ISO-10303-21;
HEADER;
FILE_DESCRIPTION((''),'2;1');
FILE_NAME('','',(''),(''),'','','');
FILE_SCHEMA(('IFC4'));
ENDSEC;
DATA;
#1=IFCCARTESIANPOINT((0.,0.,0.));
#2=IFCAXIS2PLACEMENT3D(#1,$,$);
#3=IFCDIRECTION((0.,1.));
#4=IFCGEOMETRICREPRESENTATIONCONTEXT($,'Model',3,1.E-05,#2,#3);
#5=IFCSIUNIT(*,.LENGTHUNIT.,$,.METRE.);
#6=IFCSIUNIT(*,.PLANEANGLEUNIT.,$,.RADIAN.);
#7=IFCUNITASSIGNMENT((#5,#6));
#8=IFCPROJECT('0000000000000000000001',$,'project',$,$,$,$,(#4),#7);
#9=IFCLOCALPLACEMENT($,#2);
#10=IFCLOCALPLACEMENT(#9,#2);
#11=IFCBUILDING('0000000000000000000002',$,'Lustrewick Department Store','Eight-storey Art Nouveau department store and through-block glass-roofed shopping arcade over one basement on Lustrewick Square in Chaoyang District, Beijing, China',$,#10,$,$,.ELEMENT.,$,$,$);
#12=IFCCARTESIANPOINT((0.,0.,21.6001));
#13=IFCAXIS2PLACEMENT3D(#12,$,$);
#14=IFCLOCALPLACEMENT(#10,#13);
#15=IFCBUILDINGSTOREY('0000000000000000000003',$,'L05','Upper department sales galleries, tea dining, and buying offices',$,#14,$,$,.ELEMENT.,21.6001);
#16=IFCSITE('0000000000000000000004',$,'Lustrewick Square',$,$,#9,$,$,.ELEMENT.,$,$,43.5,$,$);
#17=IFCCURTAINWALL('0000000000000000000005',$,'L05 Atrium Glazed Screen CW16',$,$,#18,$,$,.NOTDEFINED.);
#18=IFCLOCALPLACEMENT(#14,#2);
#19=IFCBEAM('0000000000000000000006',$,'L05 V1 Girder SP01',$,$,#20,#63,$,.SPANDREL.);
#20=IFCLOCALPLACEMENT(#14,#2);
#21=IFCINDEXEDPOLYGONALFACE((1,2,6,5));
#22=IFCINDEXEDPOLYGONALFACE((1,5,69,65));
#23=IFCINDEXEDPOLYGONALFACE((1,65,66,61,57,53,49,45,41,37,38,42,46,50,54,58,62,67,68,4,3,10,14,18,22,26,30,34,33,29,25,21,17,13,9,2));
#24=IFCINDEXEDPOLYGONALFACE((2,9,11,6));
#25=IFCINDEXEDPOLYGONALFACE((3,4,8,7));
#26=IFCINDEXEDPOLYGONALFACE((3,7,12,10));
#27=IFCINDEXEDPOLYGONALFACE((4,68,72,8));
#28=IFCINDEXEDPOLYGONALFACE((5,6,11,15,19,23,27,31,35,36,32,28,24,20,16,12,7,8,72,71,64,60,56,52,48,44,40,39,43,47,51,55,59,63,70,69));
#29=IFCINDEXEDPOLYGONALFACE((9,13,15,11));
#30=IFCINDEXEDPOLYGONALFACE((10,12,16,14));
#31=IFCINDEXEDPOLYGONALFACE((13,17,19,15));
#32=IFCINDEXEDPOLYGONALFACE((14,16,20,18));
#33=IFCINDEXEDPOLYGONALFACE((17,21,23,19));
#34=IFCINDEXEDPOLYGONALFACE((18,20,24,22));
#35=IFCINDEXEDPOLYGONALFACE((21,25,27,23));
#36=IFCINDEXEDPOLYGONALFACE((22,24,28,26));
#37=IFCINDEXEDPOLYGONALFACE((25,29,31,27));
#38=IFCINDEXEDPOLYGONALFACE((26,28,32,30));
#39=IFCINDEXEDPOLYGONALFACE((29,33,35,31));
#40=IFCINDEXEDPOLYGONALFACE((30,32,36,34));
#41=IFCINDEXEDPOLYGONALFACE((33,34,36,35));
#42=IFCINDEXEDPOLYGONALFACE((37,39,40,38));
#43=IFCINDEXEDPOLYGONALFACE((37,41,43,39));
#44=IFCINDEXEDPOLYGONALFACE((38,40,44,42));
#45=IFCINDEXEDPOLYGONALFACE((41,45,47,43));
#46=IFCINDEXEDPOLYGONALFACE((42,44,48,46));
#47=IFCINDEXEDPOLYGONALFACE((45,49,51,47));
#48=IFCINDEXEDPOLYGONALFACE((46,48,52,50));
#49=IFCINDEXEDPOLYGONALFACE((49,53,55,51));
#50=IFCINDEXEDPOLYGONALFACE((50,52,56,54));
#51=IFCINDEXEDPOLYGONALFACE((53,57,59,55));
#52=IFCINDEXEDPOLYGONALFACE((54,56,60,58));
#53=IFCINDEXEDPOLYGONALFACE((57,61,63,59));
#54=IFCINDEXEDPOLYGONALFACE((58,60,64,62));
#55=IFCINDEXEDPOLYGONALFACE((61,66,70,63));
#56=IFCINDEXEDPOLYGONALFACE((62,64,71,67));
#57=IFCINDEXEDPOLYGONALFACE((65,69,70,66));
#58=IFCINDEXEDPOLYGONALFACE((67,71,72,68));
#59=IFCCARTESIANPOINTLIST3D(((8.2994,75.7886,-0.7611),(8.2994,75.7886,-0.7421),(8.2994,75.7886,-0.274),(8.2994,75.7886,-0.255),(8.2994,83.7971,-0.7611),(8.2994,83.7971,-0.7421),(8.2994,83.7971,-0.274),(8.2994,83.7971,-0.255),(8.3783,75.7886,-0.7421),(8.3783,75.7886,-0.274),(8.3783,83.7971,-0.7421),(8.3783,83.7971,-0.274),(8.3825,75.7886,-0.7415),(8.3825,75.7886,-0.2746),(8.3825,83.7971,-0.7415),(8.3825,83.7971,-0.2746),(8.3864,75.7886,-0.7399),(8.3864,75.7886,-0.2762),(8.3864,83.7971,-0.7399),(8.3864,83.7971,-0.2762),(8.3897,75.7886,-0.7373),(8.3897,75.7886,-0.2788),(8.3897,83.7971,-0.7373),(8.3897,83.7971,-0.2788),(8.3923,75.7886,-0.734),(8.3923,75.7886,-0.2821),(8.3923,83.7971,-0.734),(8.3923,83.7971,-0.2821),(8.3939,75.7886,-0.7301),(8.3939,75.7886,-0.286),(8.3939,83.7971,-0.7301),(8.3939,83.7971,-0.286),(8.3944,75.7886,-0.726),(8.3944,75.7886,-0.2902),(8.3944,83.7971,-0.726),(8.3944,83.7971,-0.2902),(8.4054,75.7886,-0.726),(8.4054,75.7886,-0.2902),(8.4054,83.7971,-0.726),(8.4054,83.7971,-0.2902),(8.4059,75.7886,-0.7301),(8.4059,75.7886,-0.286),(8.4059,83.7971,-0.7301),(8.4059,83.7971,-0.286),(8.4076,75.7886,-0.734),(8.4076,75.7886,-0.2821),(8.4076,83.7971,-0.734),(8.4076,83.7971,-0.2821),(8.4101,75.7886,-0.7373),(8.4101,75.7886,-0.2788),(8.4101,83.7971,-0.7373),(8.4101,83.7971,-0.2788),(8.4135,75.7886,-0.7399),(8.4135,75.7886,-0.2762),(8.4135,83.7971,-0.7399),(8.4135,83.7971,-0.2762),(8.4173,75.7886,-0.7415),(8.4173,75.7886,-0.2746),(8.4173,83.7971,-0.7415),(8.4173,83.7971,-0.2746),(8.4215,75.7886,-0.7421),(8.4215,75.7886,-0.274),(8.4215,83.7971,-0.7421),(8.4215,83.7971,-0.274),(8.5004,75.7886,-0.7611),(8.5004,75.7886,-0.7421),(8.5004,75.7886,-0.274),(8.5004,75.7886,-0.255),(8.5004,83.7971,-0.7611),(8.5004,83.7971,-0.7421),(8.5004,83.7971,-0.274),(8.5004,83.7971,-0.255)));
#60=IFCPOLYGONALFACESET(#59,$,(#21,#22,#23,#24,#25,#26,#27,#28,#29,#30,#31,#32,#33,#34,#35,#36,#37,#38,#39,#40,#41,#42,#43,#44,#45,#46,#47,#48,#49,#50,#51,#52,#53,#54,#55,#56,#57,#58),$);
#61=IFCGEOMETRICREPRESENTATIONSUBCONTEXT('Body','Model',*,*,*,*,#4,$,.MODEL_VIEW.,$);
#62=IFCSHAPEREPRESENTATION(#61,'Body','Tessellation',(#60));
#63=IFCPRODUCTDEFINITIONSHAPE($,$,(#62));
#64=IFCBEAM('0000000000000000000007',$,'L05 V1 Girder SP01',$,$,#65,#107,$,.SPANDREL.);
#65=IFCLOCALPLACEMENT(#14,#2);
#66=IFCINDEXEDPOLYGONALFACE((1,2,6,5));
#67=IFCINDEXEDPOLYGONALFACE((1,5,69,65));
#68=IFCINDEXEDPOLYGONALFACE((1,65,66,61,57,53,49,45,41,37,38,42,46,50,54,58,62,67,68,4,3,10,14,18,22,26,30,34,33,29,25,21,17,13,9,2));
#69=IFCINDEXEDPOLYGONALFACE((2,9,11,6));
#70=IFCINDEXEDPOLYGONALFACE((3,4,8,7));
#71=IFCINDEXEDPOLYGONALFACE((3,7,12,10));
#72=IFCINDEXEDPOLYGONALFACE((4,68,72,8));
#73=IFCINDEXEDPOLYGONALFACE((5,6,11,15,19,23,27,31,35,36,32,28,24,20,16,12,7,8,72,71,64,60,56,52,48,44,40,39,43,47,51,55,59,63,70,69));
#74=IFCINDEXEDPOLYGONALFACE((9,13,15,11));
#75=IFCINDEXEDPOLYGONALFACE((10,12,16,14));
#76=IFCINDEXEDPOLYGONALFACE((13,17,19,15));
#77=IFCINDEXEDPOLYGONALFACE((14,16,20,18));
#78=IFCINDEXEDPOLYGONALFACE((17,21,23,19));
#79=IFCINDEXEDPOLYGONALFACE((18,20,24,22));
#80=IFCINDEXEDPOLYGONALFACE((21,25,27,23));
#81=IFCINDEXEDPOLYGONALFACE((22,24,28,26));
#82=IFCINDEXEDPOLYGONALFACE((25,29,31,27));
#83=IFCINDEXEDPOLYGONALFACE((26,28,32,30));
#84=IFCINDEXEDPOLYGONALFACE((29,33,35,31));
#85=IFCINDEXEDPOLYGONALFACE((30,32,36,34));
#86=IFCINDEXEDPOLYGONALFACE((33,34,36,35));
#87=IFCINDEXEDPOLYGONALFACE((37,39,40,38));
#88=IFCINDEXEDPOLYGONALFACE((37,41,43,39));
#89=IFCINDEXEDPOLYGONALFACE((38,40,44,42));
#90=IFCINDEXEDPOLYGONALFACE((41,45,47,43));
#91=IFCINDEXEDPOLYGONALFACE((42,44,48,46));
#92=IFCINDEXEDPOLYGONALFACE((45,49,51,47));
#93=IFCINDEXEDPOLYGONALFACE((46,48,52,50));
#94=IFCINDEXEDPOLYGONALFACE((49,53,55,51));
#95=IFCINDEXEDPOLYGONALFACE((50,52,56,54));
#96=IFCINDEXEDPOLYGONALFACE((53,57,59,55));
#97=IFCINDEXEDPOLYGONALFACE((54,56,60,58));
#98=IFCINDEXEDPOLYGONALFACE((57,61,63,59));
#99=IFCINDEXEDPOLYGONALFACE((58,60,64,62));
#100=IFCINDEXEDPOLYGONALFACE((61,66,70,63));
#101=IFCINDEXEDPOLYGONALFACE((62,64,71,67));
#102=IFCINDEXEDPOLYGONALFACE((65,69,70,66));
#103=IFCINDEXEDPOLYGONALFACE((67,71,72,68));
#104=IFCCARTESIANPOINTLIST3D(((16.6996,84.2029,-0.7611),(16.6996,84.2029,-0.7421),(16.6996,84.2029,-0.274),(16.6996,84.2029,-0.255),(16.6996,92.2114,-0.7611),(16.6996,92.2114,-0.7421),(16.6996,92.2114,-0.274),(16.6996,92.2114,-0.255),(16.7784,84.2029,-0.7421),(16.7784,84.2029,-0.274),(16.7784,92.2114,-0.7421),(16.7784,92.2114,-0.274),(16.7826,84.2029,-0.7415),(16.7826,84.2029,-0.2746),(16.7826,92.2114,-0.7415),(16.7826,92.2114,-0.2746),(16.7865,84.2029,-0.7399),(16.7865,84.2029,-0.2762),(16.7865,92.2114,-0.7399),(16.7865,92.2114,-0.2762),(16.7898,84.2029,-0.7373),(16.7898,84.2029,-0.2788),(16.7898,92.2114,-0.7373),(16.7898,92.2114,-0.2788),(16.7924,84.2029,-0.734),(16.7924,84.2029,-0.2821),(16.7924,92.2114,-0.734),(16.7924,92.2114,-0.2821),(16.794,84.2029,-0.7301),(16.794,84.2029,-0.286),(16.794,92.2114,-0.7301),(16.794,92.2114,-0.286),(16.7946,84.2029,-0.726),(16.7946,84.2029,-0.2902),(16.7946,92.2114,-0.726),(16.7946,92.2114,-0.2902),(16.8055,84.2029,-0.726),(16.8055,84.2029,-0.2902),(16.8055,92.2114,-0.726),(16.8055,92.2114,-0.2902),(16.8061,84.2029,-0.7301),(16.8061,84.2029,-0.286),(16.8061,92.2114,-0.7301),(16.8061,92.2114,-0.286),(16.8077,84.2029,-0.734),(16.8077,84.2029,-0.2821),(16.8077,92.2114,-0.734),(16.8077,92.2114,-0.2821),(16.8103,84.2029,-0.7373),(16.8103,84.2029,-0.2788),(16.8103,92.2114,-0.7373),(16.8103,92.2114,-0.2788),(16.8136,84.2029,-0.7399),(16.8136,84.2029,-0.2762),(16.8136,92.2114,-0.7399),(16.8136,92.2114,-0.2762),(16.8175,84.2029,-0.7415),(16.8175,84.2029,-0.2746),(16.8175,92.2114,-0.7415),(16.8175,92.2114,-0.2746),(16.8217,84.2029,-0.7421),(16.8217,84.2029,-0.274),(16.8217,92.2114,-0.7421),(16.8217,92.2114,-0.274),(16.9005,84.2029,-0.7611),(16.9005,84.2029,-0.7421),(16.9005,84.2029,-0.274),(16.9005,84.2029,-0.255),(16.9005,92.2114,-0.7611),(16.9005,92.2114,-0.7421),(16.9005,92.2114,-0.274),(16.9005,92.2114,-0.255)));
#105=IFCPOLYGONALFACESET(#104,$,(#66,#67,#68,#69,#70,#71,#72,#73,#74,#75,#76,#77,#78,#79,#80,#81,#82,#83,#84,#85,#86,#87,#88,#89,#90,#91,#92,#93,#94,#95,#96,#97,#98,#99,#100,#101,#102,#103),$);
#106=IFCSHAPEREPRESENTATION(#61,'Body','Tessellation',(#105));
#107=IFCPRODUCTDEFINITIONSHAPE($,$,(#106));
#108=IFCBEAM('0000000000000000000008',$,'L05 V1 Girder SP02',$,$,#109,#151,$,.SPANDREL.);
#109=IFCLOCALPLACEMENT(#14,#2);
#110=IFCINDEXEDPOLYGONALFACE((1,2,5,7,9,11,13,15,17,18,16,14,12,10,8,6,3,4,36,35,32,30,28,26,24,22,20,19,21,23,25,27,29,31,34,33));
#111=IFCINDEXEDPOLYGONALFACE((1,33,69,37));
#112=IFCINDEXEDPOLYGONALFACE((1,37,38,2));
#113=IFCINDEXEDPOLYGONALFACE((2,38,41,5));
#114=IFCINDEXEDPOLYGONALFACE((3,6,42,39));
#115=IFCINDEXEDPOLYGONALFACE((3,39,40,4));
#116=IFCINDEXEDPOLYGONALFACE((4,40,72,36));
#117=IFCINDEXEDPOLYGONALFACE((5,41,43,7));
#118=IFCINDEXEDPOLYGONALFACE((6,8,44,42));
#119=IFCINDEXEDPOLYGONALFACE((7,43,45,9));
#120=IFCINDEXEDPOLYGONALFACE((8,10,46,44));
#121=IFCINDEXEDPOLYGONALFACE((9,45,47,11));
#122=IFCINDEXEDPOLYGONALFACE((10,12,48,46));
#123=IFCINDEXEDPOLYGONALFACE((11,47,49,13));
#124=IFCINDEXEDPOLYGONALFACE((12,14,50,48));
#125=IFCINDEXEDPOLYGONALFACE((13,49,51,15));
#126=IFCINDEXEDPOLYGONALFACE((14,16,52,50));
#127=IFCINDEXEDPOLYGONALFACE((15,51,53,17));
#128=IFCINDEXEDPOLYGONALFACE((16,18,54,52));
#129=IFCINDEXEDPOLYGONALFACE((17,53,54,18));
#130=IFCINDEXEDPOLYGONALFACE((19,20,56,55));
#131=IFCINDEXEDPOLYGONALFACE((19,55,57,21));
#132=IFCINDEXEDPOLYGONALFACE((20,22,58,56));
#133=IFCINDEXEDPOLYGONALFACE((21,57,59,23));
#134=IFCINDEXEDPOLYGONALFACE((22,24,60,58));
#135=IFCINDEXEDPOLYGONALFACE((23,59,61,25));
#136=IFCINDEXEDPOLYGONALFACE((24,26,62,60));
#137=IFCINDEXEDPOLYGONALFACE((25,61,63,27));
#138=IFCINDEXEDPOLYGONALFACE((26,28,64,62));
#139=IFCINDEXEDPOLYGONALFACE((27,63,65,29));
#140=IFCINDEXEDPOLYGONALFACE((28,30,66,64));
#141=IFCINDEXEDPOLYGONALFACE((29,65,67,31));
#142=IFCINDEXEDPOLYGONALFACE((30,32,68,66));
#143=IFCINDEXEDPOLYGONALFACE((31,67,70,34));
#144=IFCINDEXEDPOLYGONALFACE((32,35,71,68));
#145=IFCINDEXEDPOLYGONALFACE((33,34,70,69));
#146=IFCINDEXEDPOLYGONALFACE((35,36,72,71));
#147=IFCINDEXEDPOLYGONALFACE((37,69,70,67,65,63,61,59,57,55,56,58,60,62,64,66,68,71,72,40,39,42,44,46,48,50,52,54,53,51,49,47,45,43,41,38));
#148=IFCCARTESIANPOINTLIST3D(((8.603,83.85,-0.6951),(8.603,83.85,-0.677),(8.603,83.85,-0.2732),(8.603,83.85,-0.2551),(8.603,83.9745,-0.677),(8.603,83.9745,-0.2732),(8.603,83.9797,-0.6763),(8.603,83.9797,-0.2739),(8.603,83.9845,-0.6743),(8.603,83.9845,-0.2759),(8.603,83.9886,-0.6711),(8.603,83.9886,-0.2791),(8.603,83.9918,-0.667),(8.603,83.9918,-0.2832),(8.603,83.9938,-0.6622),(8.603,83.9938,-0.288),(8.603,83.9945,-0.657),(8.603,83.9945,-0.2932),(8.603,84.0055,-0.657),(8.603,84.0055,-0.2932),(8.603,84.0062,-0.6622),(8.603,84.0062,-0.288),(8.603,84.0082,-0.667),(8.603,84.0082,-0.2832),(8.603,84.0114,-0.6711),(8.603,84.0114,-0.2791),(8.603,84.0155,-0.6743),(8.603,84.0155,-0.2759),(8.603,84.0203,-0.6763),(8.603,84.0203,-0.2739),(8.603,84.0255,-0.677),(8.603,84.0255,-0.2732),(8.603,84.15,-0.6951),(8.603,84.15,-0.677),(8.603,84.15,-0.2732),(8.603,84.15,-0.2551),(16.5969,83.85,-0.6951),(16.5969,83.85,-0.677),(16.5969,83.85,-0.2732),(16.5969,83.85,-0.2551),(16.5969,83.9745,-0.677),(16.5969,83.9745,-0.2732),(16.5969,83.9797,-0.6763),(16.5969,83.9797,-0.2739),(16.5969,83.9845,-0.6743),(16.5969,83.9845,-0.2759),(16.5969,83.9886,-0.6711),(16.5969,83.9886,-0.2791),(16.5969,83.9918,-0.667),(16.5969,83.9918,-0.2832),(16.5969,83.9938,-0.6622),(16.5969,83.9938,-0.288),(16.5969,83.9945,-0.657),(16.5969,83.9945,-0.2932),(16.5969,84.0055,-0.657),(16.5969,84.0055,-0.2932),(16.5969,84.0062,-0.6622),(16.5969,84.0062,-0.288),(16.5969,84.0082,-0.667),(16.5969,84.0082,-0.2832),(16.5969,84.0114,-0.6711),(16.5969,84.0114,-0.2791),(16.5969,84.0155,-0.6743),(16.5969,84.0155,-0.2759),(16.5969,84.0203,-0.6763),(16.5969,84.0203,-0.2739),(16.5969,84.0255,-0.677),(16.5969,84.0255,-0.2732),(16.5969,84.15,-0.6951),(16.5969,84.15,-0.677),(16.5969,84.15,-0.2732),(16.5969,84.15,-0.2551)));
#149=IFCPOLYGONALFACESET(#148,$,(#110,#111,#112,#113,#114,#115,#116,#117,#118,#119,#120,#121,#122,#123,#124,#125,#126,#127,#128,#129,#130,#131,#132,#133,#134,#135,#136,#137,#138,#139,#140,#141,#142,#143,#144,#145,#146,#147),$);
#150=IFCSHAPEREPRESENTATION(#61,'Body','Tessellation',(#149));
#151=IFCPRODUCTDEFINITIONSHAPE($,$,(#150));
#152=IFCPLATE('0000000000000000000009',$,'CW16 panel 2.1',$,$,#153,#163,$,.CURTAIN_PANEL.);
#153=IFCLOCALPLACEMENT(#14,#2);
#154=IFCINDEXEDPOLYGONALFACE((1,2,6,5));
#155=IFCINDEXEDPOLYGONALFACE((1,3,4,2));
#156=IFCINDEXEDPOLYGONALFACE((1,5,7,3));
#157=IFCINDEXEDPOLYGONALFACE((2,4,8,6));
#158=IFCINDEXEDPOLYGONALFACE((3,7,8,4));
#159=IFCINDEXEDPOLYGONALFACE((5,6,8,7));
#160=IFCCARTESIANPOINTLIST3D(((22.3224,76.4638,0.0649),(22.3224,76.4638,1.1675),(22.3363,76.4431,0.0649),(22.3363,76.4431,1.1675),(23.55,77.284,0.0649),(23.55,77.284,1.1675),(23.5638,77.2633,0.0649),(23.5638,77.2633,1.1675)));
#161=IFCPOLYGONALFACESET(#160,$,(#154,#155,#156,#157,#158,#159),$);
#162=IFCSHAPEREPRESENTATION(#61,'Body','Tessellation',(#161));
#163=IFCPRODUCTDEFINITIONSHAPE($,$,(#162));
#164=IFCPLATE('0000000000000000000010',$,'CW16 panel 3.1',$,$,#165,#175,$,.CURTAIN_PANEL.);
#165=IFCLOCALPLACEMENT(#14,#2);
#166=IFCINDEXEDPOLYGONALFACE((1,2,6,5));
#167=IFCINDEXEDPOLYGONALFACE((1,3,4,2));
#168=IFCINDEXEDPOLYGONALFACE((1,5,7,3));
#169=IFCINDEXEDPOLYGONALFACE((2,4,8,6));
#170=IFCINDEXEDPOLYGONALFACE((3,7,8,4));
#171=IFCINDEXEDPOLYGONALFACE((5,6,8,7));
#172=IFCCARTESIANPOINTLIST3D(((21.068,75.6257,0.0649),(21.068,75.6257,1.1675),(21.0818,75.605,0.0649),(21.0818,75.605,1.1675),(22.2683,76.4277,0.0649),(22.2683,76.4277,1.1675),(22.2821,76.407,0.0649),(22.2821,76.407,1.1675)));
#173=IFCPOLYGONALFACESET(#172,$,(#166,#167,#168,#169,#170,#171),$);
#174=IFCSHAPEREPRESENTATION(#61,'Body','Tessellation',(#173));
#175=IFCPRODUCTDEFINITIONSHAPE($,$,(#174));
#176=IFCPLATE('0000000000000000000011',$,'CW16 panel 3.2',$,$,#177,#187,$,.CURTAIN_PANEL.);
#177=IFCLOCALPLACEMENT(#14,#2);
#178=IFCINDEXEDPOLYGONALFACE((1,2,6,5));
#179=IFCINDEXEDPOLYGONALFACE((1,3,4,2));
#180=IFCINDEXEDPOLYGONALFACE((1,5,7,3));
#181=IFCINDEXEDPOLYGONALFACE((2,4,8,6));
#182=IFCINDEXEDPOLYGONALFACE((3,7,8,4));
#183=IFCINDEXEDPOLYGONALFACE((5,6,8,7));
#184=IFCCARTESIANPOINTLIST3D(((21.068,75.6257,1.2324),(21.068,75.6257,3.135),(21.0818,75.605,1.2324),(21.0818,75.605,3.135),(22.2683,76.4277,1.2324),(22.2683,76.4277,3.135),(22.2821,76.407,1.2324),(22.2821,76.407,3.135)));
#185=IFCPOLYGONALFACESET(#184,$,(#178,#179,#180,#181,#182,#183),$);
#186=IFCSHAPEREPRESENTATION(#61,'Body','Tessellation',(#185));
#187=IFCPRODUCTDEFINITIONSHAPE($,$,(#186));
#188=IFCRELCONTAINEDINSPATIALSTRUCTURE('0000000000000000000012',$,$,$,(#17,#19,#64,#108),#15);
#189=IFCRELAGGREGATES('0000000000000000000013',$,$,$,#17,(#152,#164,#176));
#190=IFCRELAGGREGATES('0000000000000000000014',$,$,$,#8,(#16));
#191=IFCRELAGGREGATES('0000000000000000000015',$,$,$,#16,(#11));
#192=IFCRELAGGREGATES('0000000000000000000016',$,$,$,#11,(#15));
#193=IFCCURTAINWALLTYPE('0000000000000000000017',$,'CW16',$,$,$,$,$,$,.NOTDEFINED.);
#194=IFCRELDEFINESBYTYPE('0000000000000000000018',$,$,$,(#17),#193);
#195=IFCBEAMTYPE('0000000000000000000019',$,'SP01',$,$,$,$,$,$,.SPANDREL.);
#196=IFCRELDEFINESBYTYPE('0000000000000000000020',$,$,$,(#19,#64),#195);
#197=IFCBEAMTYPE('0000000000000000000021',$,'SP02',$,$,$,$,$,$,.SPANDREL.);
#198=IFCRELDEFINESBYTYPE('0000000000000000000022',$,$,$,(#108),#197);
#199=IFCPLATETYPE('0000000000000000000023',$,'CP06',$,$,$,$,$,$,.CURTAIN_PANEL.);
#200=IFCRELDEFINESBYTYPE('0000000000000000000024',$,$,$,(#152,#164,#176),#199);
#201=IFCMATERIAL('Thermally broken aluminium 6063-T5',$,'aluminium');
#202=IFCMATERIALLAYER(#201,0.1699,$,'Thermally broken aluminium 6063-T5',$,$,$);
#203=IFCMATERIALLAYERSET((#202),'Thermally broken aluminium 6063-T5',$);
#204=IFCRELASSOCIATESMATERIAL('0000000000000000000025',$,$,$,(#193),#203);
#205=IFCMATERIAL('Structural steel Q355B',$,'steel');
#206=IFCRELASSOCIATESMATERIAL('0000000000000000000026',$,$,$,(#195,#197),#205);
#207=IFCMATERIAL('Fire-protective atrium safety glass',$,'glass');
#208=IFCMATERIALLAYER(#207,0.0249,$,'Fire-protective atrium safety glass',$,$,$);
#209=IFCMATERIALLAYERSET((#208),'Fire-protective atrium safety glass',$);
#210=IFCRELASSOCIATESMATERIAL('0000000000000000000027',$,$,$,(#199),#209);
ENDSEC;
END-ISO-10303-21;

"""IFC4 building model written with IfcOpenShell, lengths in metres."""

from ifc_helpers import new_model, si_unit, direction, frame, origin, origin_2d, place, context, subcontext, project, spatial, rectangle, i_section, extrude, material, layer, layer_set, material_profile, profile_set, type_object, element, aggregate, save


model = new_model("IFC4")

# Units and contexts
model_context = context("Model", 3, precision=1e-05, world=origin(), true_north=direction((0.0, 1.0)))
body_context = subcontext(model_context, "Body", "Model", "MODEL_VIEW")
ifc_project = project(units=[si_unit("LENGTHUNIT", "METRE"), si_unit("PLANEANGLEUNIT", "RADIAN")], contexts=[model_context])

# Site, building, storey
site_placement = place(None, origin())
site = spatial("IfcSite", under=ifc_project, at=site_placement, Name="Lustrewick Square", CompositionType="ELEMENT", RefElevation=43.5)
building_placement = place(site_placement, origin())
building = spatial("IfcBuilding", under=site, at=building_placement, Name="Lustrewick Department Store", Description="Eight-storey Art Nouveau department store and through-block glass-roofed shopping arcade over one basement on Lustrewick Square in Chaoyang District, Beijing, China", CompositionType="ELEMENT")
storey_placement = place(building_placement, frame((0.0, 0.0, 21.6001)))
storey = spatial("IfcBuildingStorey", under=building, at=storey_placement, Name="L05", Description="Upper department sales galleries, tea dining, and buying offices", CompositionType="ELEMENT", Elevation=21.6001)

# Shared definitions
ifc_material_1 = material(Name="Structural steel Q355B", Category="steel")

# Curtain wall
ifc_material_2 = material(Name="Thermally broken aluminium 6063-T5", Category="aluminium")
ifc_layer_1 = layer(ifc_material_2, 0.1699, Name="Thermally broken aluminium 6063-T5")
ifc_layer_set_1 = layer_set([ifc_layer_1], Name="Thermally broken aluminium 6063-T5")
curtain_wall_type = type_object("IfcCurtainWallType", Name="CW16", PredefinedType="NOTDEFINED", material=ifc_layer_set_1)
curtain_wall_placement = place(storey_placement, origin())
curtain_wall = element("IfcCurtainWall", 1, at=curtain_wall_placement, inside=storey, type_object=curtain_wall_type, Name="L05 Atrium Glazed Screen CW16", PredefinedType="NOTDEFINED")

# Beams
ifc_material_profile_1 = material_profile(ifc_material_1, i_section(OverallWidth=0.2009, OverallDepth=0.5061, WebThickness=0.011, FlangeThickness=0.019, FilletRadius=0.0161, at=origin_2d()), Name="HN 506x201x11x19")
ifc_profile_set_1 = profile_set([ifc_material_profile_1], Name="Structural steel Q355B")
beam_type_1 = type_object("IfcBeamType", Name="SP01", PredefinedType="SPANDREL", material=ifc_profile_set_1)
for number, where, z_axis, x_axis, name in (
    (2, (8.3999, 75.7886, -0.5081), (0.0, 1.0, 0.0), (-1.0, 0.0, 0.0), "L05 V1 Girder SP01"),
    (3, (16.8, 84.2029, -0.5081), (0.0, 1.0, 0.0), (-1.0, 0.0, 0.0), "L05 V1 Girder SP01"),
):
    element("IfcBeam", number, at=place(storey_placement, frame(where, z_axis=z_axis, x_axis=x_axis)), inside=storey, type_object=beam_type_1, Name=name, PredefinedType="SPANDREL", context=body_context, shape_type="SweptSolid", body=[
        extrude(i_section(OverallWidth=0.2009, OverallDepth=0.5061, WebThickness=0.011, FlangeThickness=0.019, FilletRadius=0.0161, at=origin_2d()), origin(), (0.0, 0.0, 1.0), 8.0085),
    ])
ifc_material_profile_2 = material_profile(ifc_material_1, i_section(OverallWidth=0.3, OverallDepth=0.4399, WebThickness=0.011, FlangeThickness=0.0181, FilletRadius=0.02, at=origin_2d()), Name="HM 440x300x11x18")
ifc_profile_set_2 = profile_set([ifc_material_profile_2], Name="Structural steel Q355B")
beam_type_2 = type_object("IfcBeamType", Name="SP02", PredefinedType="SPANDREL", material=ifc_profile_set_2)
beam_1_placement = place(storey_placement, frame((8.603, 84.0, -0.4751), z_axis=(1.0, 0.0, 0.0), x_axis=(0.0, 1.0, 0.0)))
element("IfcBeam", 4, at=beam_1_placement, inside=storey, type_object=beam_type_2, Name="L05 V1 Girder SP02", PredefinedType="SPANDREL", context=body_context, shape_type="SweptSolid", body=[
    extrude(i_section(OverallWidth=0.3, OverallDepth=0.4399, WebThickness=0.011, FlangeThickness=0.0181, FilletRadius=0.02, at=origin_2d()), origin(), (0.0, 0.0, 1.0), 7.9939),
])

# Plates
ifc_material_3 = material(Name="Fire-protective atrium safety glass", Category="glass")
ifc_layer_2 = layer(ifc_material_3, 0.0249, Name="Fire-protective atrium safety glass")
ifc_layer_set_2 = layer_set([ifc_layer_2], Name="Fire-protective atrium safety glass")
plate_type = type_object("IfcPlateType", Name="CP06", PredefinedType="CURTAIN_PANEL", material=ifc_layer_set_2)
plate_1_placement = place(storey_placement, frame((22.9431, 76.8635, 0.0649), z_axis=(0.0, 0.0, 1.0), x_axis=(-0.831464, -0.555578, 0.0)))
plate_1 = element("IfcPlate", 5, at=plate_1_placement, type_object=plate_type, Name="CW16 panel 2.1", PredefinedType="CURTAIN_PANEL", context=body_context, shape_type="SweptSolid", body=[
    extrude(rectangle(XDim=1.4763, YDim=0.0249, at=origin_2d()), origin(), (0.0, 0.0, 1.0), 1.1025),
])
plate_2_placement = place(storey_placement, frame((21.675, 76.0164, 0.0649), z_axis=(0.0, 0.0, 1.0), x_axis=(-0.831464, -0.555578, 0.0)))
plate_2 = element("IfcPlate", 6, at=plate_2_placement, type_object=plate_type, Name="CW16 panel 3.1", PredefinedType="CURTAIN_PANEL", context=body_context, shape_type="SweptSolid", body=[
    extrude(rectangle(XDim=1.4436, YDim=0.0249, at=origin_2d()), origin(), (0.0, 0.0, 1.0), 1.1025),
])
plate_3_placement = place(storey_placement, frame((21.675, 76.0164, 1.2324), z_axis=(0.0, 0.0, 1.0), x_axis=(-0.831464, -0.555578, 0.0)))
plate_3 = element("IfcPlate", 7, at=plate_3_placement, type_object=plate_type, Name="CW16 panel 3.2", PredefinedType="CURTAIN_PANEL", context=body_context, shape_type="SweptSolid", body=[
    extrude(rectangle(XDim=1.4436, YDim=0.0249, at=origin_2d()), origin(), (0.0, 0.0, 1.0), 1.9026),
])
aggregate(curtain_wall, [plate_1, plate_2, plate_3])

save(model, "model.ifc")
